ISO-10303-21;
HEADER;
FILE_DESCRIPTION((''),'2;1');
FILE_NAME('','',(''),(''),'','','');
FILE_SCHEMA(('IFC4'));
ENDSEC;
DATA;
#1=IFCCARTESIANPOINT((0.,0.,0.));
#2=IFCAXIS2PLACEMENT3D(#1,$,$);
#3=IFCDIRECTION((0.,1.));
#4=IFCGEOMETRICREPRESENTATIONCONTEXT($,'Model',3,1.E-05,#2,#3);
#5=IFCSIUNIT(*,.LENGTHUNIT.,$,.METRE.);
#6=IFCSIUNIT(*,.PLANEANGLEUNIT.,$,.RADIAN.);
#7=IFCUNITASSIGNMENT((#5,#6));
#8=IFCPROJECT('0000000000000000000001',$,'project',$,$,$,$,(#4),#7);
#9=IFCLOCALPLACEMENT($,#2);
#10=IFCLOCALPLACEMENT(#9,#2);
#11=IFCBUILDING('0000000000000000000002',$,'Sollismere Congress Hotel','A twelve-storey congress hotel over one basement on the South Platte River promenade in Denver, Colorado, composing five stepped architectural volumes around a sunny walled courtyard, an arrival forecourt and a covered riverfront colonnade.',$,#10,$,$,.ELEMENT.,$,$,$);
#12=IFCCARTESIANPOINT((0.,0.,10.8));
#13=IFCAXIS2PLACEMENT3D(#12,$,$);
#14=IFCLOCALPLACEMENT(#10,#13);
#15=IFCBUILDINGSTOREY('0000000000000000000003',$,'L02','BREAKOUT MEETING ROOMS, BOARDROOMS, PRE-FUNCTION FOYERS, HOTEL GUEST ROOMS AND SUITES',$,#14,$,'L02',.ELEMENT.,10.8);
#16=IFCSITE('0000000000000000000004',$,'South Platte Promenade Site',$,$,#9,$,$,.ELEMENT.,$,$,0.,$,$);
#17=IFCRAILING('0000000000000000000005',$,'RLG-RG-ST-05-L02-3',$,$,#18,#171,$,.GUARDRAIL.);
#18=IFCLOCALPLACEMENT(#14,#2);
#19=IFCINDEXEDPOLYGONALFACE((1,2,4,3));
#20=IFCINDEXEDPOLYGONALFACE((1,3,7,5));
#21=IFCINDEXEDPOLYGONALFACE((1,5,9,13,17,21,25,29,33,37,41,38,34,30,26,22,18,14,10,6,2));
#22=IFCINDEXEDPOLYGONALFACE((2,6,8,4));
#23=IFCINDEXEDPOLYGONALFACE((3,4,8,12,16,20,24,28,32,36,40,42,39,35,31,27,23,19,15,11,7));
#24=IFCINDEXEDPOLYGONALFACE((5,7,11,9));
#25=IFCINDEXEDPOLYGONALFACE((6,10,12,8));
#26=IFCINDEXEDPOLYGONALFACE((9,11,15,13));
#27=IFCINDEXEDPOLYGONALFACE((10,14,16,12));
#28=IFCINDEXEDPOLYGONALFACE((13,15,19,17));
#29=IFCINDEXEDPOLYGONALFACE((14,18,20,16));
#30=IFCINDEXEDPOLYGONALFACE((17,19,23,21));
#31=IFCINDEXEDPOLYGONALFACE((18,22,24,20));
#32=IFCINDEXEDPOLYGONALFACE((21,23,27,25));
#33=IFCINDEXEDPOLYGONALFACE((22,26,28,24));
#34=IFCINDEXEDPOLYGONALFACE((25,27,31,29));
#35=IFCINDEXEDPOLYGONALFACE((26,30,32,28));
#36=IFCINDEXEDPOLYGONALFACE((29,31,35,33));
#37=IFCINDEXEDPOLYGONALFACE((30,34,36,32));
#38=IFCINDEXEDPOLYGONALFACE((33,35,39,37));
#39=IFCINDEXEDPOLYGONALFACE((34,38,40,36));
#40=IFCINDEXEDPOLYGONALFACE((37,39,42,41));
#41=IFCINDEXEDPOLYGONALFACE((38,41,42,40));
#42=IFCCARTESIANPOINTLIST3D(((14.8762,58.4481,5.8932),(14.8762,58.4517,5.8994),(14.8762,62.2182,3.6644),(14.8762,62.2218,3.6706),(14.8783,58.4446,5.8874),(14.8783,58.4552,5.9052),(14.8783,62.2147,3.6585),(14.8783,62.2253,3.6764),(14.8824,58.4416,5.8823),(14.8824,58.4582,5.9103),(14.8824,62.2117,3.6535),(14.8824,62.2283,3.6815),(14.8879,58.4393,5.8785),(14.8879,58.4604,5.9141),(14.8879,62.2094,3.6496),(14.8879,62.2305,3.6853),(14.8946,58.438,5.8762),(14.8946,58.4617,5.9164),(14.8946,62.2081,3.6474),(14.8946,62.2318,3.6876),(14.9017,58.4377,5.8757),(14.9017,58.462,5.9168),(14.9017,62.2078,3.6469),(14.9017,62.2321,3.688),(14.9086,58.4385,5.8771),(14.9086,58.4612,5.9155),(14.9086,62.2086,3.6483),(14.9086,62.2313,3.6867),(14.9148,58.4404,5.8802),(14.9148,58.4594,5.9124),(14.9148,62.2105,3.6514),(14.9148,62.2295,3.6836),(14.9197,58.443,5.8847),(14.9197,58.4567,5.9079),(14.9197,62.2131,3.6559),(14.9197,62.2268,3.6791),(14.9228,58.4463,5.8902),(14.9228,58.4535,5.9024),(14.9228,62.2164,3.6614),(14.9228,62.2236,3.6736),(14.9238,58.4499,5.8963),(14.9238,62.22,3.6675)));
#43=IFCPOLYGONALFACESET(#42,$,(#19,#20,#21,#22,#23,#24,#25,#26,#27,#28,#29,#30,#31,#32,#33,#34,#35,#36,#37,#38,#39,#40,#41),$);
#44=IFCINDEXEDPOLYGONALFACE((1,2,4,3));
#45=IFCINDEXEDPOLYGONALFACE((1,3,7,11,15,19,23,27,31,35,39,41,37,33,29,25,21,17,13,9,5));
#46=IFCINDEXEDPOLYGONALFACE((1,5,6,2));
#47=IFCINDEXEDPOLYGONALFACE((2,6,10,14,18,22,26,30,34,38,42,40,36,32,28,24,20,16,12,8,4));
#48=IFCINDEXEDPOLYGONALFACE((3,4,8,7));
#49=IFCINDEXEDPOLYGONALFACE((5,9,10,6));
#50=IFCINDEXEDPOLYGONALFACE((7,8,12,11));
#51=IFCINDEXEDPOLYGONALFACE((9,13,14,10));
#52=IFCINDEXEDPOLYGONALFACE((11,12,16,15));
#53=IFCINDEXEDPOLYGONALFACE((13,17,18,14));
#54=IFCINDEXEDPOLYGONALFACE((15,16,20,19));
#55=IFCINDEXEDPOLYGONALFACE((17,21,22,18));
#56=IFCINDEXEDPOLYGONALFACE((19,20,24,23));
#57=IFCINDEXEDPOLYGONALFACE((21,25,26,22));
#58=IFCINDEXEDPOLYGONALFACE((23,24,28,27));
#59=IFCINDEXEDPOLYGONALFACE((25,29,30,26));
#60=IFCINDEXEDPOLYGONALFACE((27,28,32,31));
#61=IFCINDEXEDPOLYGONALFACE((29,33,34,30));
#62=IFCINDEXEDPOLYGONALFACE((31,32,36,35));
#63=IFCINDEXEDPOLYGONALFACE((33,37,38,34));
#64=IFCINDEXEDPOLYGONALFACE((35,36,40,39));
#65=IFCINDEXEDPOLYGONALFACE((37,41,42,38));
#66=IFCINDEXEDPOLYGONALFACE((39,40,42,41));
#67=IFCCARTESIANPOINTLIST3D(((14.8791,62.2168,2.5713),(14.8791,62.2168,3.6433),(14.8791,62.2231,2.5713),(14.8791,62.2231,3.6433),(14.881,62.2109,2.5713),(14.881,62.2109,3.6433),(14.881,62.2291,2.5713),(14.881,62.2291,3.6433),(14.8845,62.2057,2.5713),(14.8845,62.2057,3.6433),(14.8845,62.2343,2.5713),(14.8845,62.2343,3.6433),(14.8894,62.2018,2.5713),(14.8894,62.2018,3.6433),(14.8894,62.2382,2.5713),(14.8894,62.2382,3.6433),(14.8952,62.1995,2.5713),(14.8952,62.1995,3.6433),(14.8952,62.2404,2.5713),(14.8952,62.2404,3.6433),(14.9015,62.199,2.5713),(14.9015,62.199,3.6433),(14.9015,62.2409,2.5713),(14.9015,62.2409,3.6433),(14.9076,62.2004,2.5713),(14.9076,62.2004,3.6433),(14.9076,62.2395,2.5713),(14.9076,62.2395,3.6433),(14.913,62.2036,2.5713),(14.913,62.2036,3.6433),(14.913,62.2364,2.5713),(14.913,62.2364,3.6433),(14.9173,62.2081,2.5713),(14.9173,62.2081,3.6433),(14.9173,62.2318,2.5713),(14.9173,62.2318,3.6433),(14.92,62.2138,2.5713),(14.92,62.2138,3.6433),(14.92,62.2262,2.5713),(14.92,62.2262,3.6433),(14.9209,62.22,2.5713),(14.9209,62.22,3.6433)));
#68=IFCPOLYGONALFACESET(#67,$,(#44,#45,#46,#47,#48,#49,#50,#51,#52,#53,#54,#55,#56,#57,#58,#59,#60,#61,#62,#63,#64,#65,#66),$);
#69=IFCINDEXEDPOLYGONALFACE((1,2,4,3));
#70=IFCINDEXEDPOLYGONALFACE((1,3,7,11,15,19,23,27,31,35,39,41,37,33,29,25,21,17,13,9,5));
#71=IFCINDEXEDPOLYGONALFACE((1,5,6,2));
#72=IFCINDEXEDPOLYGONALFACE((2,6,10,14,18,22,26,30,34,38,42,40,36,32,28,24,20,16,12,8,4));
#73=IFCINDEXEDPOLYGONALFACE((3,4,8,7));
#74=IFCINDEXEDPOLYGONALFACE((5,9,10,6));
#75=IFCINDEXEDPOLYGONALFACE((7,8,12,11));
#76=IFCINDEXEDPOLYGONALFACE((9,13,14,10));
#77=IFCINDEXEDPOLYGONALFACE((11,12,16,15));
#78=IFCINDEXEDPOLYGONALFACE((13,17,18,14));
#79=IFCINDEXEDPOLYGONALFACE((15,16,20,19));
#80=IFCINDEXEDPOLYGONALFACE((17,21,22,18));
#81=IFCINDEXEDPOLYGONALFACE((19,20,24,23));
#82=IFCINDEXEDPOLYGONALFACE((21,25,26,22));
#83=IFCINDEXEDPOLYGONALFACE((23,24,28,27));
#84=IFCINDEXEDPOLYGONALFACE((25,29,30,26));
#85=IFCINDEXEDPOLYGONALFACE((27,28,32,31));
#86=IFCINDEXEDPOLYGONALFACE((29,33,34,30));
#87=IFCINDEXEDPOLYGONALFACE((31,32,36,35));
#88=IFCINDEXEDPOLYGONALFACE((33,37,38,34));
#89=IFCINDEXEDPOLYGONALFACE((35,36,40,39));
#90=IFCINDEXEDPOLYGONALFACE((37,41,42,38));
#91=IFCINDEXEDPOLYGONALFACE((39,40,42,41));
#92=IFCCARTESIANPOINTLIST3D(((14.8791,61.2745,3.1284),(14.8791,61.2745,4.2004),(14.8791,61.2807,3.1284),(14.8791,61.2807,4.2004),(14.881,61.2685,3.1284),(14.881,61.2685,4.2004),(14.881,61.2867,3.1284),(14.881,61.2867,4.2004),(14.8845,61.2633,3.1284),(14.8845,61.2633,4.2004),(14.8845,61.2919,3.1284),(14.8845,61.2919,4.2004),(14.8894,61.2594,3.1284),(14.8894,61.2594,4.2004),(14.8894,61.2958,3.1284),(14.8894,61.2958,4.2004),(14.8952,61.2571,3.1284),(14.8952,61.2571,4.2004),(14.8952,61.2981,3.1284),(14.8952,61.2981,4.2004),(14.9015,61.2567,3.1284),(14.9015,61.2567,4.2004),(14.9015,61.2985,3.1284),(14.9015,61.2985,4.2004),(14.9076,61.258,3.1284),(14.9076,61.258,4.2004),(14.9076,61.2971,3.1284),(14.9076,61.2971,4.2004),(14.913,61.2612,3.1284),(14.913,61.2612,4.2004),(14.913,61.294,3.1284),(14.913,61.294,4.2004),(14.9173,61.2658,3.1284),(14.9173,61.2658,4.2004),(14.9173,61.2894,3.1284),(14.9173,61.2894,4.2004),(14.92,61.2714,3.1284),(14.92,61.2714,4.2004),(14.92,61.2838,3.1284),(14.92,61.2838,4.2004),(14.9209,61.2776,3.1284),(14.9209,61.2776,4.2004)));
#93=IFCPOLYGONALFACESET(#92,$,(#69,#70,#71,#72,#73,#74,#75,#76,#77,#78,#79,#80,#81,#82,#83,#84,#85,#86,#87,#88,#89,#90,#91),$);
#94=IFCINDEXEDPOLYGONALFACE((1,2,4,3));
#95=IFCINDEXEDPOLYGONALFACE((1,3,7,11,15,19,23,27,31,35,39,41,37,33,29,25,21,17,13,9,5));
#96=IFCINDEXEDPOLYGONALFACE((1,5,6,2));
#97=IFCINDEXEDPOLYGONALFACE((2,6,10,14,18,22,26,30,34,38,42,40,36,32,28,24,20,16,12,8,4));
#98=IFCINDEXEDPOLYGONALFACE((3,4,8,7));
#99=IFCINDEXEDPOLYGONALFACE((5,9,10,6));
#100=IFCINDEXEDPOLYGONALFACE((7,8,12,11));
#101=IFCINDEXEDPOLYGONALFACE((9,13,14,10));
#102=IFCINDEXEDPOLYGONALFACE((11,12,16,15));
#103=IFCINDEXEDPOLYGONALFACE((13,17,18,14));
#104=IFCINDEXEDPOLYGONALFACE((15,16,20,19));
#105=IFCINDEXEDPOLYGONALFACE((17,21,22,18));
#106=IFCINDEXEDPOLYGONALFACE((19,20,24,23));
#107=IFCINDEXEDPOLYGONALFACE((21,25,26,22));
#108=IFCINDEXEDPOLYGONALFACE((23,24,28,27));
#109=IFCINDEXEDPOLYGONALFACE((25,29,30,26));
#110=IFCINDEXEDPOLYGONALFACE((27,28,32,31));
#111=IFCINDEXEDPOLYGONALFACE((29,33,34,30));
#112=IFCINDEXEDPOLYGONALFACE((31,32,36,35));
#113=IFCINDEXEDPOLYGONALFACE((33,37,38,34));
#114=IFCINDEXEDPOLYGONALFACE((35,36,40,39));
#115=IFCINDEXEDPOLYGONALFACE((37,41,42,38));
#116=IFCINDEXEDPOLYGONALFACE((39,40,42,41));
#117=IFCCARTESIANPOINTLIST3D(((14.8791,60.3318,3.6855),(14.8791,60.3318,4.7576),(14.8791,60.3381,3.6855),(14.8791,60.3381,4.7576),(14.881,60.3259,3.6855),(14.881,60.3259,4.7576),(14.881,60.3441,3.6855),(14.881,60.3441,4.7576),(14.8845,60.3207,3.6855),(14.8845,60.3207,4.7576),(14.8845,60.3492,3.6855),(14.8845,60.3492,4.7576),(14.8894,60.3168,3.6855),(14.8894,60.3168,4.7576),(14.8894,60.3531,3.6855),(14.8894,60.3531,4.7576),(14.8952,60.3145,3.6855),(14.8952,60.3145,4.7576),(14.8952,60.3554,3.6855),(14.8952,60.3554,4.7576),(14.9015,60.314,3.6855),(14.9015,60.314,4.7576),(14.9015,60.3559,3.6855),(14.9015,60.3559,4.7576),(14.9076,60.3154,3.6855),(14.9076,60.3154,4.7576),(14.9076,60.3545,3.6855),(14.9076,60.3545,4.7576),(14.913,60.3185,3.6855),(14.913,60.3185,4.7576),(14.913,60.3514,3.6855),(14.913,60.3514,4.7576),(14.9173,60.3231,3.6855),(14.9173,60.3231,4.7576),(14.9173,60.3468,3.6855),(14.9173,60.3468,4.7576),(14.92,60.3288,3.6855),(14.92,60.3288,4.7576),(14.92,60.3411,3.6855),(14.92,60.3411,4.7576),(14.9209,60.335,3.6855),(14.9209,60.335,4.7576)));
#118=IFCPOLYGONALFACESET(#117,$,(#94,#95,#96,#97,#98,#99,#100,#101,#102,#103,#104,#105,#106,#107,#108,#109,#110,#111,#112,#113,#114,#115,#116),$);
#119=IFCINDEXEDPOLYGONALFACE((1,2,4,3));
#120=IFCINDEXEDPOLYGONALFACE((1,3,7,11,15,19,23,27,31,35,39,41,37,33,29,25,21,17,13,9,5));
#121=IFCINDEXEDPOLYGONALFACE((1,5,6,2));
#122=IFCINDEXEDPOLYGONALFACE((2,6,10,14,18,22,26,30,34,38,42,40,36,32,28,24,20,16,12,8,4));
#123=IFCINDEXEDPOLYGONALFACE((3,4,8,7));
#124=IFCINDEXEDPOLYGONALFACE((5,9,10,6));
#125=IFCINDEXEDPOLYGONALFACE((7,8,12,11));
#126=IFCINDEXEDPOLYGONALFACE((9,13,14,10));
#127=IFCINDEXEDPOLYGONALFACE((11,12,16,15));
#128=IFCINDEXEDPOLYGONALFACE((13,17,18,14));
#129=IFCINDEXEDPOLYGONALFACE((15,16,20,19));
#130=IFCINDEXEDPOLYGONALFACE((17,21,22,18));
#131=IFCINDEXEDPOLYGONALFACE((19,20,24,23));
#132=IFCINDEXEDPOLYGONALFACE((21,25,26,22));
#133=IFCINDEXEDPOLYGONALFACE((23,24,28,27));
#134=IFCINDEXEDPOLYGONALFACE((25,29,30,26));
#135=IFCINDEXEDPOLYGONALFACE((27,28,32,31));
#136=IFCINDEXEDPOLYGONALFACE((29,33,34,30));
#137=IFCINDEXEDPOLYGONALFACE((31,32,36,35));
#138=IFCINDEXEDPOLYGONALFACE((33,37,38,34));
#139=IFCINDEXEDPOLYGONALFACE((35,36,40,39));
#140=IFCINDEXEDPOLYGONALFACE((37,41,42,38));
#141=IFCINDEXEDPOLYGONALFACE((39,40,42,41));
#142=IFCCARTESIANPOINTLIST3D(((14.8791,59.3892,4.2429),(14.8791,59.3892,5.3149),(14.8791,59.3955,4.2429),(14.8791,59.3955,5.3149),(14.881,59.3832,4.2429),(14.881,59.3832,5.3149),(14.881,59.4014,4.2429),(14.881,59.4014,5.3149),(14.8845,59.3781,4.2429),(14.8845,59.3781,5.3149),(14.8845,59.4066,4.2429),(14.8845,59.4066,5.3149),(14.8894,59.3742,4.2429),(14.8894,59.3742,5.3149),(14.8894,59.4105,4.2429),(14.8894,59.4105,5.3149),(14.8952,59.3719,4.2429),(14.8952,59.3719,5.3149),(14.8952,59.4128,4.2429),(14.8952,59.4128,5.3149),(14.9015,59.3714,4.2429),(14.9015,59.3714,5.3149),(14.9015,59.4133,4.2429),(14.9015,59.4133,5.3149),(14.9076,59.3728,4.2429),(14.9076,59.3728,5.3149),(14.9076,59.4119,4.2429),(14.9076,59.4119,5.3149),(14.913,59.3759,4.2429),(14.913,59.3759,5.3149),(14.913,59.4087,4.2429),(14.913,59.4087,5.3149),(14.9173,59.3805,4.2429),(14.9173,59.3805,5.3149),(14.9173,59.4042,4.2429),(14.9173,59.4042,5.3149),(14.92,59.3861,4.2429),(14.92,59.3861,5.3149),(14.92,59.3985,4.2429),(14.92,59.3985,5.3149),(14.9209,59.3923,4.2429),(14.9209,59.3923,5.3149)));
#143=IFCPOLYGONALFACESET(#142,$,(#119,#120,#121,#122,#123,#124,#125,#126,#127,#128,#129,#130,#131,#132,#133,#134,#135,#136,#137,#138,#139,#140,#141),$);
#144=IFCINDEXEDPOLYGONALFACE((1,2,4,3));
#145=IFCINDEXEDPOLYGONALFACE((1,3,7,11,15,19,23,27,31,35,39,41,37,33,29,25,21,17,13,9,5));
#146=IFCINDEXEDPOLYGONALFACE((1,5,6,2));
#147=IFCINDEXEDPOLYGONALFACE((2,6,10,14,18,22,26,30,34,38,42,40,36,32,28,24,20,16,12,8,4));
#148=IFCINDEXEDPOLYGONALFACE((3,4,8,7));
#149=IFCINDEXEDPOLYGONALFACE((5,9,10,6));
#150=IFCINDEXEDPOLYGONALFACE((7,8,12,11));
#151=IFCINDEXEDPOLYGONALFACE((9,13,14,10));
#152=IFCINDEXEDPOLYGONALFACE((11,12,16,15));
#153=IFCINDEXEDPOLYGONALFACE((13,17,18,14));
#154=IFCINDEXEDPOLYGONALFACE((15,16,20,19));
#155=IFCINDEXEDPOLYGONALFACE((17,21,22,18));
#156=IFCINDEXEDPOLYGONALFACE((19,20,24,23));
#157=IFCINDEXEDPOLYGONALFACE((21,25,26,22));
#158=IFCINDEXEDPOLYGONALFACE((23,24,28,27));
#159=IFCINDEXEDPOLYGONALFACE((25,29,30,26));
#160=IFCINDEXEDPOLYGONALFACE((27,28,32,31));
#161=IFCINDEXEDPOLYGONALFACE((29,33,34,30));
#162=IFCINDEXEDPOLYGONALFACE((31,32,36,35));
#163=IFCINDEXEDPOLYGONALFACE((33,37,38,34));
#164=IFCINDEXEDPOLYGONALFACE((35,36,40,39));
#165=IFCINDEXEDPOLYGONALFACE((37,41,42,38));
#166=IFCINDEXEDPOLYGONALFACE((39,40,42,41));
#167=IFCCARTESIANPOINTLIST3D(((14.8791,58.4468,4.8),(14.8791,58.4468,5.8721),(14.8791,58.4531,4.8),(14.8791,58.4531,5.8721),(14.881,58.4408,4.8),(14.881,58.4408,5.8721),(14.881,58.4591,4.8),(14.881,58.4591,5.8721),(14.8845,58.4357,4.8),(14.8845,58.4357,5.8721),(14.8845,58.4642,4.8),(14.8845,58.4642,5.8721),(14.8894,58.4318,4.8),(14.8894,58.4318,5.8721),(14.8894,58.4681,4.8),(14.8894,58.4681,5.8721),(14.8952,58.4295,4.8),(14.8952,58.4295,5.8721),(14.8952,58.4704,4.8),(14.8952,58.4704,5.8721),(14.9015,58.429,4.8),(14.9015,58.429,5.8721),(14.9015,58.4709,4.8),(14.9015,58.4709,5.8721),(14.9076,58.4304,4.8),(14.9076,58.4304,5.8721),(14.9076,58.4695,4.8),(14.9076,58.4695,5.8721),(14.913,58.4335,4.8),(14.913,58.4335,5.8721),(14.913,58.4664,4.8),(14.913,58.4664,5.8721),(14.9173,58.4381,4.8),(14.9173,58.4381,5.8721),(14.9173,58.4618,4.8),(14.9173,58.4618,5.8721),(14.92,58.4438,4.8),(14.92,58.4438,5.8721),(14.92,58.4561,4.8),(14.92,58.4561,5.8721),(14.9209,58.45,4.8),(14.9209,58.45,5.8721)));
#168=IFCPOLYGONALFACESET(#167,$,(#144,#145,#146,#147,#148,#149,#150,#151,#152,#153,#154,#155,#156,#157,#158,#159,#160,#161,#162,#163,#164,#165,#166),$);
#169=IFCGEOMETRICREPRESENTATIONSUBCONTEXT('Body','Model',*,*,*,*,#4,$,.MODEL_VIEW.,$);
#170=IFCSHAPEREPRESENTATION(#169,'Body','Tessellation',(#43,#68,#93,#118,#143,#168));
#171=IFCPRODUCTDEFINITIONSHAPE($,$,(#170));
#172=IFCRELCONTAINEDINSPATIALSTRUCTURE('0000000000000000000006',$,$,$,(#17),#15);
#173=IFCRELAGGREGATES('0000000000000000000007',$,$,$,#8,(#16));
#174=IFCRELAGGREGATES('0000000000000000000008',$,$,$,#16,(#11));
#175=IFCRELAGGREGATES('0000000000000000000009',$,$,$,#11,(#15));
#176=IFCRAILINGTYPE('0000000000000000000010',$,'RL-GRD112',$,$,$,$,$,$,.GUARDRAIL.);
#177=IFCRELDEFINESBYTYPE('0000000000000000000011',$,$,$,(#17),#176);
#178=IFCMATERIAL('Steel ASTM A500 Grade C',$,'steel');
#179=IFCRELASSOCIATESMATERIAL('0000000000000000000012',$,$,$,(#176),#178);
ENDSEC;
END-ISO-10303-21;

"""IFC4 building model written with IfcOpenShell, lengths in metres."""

from ifc_helpers import new_model, si_unit, direction, frame, origin, origin_2d, place, context, subcontext, project, spatial, circle, extrude, material, type_object, element, save


model = new_model("IFC4")

# Units and contexts
model_context = context("Model", 3, precision=1e-05, world=origin(), true_north=direction((0.0, 1.0)))
body_context = subcontext(model_context, "Body", "Model", "MODEL_VIEW")
ifc_project = project(units=[si_unit("LENGTHUNIT", "METRE"), si_unit("PLANEANGLEUNIT", "RADIAN")], contexts=[model_context])

# Site, building, storey
site_placement = place(None, origin())
site = spatial("IfcSite", under=ifc_project, at=site_placement, Name="South Platte Promenade Site", CompositionType="ELEMENT", RefElevation=0.0)
building_placement = place(site_placement, origin())
building = spatial("IfcBuilding", under=site, at=building_placement, Name="Sollismere Congress Hotel", Description="A twelve-storey congress hotel over one basement on the South Platte River promenade in Denver, Colorado, composing five stepped architectural volumes around a sunny walled courtyard, an arrival forecourt and a covered riverfront colonnade.", CompositionType="ELEMENT")
storey_placement = place(building_placement, frame((0.0, 0.0, 10.8)))
storey = spatial("IfcBuildingStorey", under=building, at=storey_placement, Name="L02", Description="BREAKOUT MEETING ROOMS, BOARDROOMS, PRE-FUNCTION FOYERS, HOTEL GUEST ROOMS AND SUITES", LongName="L02", CompositionType="ELEMENT", Elevation=10.8)

# Railing
ifc_material_1 = material(Name="Steel ASTM A500 Grade C", Category="steel")
railing_type_1 = type_object("IfcRailingType", Name="RL-GRD112", PredefinedType="GUARDRAIL", material=ifc_material_1)
railing_1_placement = place(storey_placement, frame((14.8999, 62.22, 2.5713)))
element("IfcRailing", 1, at=railing_1_placement, inside=storey, type_object=railing_type_1, Name="RLG-RG-ST-05-L02-3", PredefinedType="GUARDRAIL", context=body_context, shape_type="SweptSolid", body=[
    extrude(circle(Radius=0.0239, at=origin_2d()), frame((0.0, 0.0, 1.0962), z_axis=(0.0, -0.860824, 0.508902), x_axis=(1.0, 0.0, 0.0)), (0.0, 0.0, 1.0), 4.3796),
    extrude(circle(Radius=0.021, at=origin_2d()), origin(), (0.0, 0.0, 1.0), 1.072),
    extrude(circle(Radius=0.021, at=origin_2d()), frame((0.0, -0.9424, 0.5571)), (0.0, 0.0, 1.0), 1.072),
    extrude(circle(Radius=0.021, at=origin_2d()), frame((0.0, -1.885, 1.1143)), (0.0, 0.0, 1.0), 1.072),
    extrude(circle(Radius=0.021, at=origin_2d()), frame((0.0, -2.8276, 1.6716)), (0.0, 0.0, 1.0), 1.072),
    extrude(circle(Radius=0.021, at=origin_2d()), frame((0.0, -3.77, 2.2288)), (0.0, 0.0, 1.0), 1.072),
])

save(model, "model.ifc")
